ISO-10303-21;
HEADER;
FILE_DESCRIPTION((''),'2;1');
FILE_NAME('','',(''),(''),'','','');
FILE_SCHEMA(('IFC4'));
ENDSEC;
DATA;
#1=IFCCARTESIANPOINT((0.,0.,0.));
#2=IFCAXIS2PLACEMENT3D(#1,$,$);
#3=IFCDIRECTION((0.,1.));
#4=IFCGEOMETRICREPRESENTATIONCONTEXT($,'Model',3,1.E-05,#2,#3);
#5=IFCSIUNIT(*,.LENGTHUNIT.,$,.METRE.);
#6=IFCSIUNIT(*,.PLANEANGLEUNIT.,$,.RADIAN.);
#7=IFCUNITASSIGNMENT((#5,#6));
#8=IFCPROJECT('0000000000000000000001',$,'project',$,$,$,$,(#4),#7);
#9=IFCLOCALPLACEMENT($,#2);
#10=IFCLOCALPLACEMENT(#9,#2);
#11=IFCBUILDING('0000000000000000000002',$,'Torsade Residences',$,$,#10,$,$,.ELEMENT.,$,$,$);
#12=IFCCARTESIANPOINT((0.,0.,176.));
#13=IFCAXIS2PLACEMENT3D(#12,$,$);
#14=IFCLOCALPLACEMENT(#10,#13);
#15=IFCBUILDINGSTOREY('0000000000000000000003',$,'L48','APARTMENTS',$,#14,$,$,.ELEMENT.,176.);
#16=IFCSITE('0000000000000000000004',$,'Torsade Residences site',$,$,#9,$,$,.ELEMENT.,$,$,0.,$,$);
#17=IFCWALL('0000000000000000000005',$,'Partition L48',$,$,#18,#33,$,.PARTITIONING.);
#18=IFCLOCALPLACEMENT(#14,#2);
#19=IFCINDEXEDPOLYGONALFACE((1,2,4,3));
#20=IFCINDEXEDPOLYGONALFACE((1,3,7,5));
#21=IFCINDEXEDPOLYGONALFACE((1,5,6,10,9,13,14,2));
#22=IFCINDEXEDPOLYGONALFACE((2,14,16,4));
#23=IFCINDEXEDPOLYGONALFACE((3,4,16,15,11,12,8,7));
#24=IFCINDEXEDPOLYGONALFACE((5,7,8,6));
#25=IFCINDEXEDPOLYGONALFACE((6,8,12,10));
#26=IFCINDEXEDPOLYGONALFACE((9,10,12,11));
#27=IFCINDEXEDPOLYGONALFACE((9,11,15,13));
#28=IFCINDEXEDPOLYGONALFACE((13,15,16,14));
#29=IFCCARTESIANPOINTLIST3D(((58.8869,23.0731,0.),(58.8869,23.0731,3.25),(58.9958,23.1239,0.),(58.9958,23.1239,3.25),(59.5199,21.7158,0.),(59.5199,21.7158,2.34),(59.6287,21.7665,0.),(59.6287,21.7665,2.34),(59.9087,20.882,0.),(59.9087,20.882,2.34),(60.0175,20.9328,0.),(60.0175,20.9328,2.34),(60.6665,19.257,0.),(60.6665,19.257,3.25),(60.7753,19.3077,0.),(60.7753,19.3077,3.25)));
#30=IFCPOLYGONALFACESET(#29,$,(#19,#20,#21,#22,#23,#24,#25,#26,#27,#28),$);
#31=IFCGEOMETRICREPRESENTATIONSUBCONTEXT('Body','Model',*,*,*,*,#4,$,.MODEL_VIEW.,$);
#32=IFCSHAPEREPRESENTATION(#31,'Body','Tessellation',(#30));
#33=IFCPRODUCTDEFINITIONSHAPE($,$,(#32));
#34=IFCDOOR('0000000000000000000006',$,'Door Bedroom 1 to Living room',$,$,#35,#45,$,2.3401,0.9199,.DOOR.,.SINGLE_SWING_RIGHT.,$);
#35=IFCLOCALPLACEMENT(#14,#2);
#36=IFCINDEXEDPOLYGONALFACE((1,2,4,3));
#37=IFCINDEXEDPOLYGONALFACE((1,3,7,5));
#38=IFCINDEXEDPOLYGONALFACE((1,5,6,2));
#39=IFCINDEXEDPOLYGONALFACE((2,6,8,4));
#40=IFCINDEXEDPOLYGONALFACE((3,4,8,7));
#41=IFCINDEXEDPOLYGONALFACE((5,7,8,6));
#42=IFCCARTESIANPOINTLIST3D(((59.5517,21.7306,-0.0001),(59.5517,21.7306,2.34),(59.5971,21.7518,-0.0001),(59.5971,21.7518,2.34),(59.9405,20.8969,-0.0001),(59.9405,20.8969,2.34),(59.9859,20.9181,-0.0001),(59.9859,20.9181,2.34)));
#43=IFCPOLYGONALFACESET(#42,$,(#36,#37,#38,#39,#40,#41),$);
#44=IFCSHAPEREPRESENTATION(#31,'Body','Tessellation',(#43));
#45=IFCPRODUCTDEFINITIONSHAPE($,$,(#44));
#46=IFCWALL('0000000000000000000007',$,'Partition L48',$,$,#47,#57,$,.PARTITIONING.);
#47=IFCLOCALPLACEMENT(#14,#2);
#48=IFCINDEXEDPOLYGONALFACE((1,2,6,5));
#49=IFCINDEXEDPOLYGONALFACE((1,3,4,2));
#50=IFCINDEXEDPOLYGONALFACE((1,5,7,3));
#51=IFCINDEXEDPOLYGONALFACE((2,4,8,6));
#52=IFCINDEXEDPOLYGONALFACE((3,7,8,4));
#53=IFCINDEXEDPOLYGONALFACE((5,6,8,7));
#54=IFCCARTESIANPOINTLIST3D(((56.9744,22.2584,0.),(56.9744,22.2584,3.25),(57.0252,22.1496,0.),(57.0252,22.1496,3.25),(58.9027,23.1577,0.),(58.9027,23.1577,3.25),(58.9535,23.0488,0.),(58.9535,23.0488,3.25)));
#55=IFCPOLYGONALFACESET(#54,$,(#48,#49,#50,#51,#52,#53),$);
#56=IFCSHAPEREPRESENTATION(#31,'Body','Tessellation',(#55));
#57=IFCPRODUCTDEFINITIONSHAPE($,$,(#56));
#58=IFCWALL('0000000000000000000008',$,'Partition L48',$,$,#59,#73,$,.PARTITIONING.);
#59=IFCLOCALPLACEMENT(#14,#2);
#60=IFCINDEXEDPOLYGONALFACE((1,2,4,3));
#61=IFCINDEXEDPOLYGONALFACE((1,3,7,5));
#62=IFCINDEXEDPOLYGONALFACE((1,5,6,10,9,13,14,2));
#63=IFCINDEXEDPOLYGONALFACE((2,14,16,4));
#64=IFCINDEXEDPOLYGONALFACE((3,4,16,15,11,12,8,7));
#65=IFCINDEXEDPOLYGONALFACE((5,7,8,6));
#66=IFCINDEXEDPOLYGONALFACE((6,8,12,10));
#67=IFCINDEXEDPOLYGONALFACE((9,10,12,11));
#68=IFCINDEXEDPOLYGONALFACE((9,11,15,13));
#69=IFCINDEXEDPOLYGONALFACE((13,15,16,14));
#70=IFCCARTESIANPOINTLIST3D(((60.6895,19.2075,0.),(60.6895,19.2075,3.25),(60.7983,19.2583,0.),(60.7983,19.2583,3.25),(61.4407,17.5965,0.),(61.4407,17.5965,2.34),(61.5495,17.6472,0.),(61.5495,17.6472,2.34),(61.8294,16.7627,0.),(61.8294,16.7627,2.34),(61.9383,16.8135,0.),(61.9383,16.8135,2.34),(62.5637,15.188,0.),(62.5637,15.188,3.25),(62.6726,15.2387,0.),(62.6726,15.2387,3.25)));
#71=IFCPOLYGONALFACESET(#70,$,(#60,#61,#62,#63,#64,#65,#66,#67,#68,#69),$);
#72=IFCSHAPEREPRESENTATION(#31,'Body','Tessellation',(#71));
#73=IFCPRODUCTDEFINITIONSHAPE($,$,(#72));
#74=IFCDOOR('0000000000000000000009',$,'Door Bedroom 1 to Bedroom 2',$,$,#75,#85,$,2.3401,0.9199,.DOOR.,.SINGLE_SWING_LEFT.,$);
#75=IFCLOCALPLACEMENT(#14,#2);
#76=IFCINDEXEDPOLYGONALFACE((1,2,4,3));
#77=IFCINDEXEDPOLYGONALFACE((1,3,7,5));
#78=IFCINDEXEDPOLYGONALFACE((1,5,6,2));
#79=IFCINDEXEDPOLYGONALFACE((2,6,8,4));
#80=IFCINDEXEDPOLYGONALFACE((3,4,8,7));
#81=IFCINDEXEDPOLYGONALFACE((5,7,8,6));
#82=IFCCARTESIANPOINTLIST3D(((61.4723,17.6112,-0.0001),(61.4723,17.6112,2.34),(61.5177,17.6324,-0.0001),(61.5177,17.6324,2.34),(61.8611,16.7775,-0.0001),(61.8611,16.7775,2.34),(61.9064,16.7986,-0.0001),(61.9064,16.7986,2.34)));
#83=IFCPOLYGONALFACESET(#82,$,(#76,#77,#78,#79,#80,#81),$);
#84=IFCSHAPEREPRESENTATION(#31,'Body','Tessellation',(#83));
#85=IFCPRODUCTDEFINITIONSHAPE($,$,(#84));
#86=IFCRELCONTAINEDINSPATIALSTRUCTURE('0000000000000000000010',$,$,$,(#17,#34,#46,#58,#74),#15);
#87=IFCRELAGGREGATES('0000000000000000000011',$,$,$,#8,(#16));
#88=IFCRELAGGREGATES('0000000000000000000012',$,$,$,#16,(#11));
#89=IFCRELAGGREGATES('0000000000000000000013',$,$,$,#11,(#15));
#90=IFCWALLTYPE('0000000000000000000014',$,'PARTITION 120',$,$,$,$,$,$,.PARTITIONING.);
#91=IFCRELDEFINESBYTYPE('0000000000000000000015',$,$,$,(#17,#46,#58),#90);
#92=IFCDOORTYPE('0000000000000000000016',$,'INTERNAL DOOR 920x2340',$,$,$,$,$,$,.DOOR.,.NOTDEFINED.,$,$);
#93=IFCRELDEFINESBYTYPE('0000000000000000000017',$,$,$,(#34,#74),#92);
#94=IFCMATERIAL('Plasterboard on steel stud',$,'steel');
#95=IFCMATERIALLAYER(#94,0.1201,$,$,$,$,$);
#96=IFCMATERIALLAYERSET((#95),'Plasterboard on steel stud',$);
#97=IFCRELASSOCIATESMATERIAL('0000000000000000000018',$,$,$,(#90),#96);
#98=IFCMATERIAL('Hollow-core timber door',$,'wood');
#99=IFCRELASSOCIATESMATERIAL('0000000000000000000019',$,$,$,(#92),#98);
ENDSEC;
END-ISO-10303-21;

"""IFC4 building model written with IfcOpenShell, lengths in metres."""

from ifc_helpers import new_model, si_unit, direction, frame, frame_2d, origin, place, context, subcontext, project, spatial, rectangle, extrude, material, layer, layer_set, type_object, element, fill, save


model = new_model("IFC4")

# Units and contexts
model_context = context("Model", 3, precision=1e-05, world=origin(), true_north=direction((0.0, 1.0)))
body_context = subcontext(model_context, "Body", "Model", "MODEL_VIEW")
ifc_project = project(units=[si_unit("LENGTHUNIT", "METRE"), si_unit("PLANEANGLEUNIT", "RADIAN")], contexts=[model_context])

# Site, building, storey
site_placement = place(None, origin())
site = spatial("IfcSite", under=ifc_project, at=site_placement, Name="Torsade Residences site", CompositionType="ELEMENT", RefElevation=0.0)
building_placement = place(site_placement, origin())
building = spatial("IfcBuilding", under=site, at=building_placement, Name="Torsade Residences", CompositionType="ELEMENT")
storey_placement = place(building_placement, frame((0.0, 0.0, 176.0)))
storey = spatial("IfcBuildingStorey", under=building, at=storey_placement, Name="L48", Description="APARTMENTS", CompositionType="ELEMENT", Elevation=176.0)

# Shared definitions
ifc_material_1 = material(Name="Plasterboard on steel stud", Category="steel")
ifc_layer_1 = layer(ifc_material_1, 0.1201)
ifc_layer_set_1 = layer_set([ifc_layer_1], Name="Plasterboard on steel stud")
wall_type_1 = type_object("IfcWallType", Name="PARTITION 120", PredefinedType="PARTITIONING", material=ifc_layer_set_1)

# Wall, opening, door
wall_1_placement = place(storey_placement, frame((60.7209, 19.2822, 0.0), z_axis=(0.0, 0.0, 1.0), x_axis=(-0.422625, 0.906305, 0.0)))
wall_1 = element("IfcWall", 1, at=wall_1_placement, inside=storey, type_object=wall_type_1, Name="Partition L48", PredefinedType="PARTITIONING", context=body_context, shape_type="SweptSolid", body=[
    extrude(rectangle(XDim=4.2107, YDim=0.1201, at=frame_2d((2.1055, 0.0))), origin(), (0.0, 0.0, 1.0), 3.25),
])
opening_1_placement = place(wall_1_placement, frame((1.7932, 0.0, 0.0)))
opening_1 = element("IfcOpeningElement", 2, at=opening_1_placement, cuts=wall_1, PredefinedType="OPENING", context=body_context, shape_type="SweptSolid", body=[
    extrude(rectangle(XDim=0.9199, YDim=2.3401, at=frame_2d((0.46, 1.1699))), frame((0.0, 0.0701, 0.0), z_axis=(0.0, -1.0, 0.0), x_axis=(1.0, 0.0, 0.0)), (0.0, 0.0, 1.0), 0.1401),
])
ifc_material_2 = material(Name="Hollow-core timber door", Category="wood")
door_type_1 = type_object("IfcDoorType", Name="INTERNAL DOOR 920x2340", OperationType="NOTDEFINED", PredefinedType="DOOR", material=ifc_material_2)
door_1_placement = place(opening_1_placement, origin())
door_1 = element("IfcDoor", 3, at=door_1_placement, inside=storey, type_object=door_type_1, Name="Door Bedroom 1 to Living room", OperationType="SINGLE_SWING_RIGHT", OverallHeight=2.3401, OverallWidth=0.9199, PredefinedType="DOOR", context=body_context, shape_type="SweptSolid", body=[
    extrude(rectangle(XDim=0.9199, YDim=2.3401, at=frame_2d((0.46, 1.1699))), frame((0.0, 0.0249, 0.0), z_axis=(0.0, -1.0, 0.0), x_axis=(1.0, 0.0, 0.0)), (0.0, 0.0, 1.0), 0.05),
])
fill(opening_1, door_1)

# Wall
wall_2_placement = place(storey_placement, frame((58.9282, 23.1033, 0.0), z_axis=(0.0, 0.0, 1.0), x_axis=(-0.906303, -0.422628, 0.0)))
element("IfcWall", 4, at=wall_2_placement, inside=storey, type_object=wall_type_1, Name="Partition L48", PredefinedType="PARTITIONING", context=body_context, shape_type="SweptSolid", body=[
    extrude(rectangle(XDim=2.1277, YDim=0.1201, at=frame_2d((1.064, 0.0))), origin(), (0.0, 0.0, 1.0), 3.25),
])

# Wall, opening, door
wall_3_placement = place(storey_placement, frame((60.7439, 19.2329, 0.0), z_axis=(0.0, 0.0, 1.0), x_axis=(0.422605, -0.906314, 0.0)))
wall_3 = element("IfcWall", 5, at=wall_3_placement, inside=storey, type_object=wall_type_1, Name="Partition L48", PredefinedType="PARTITIONING", context=body_context, shape_type="SweptSolid", body=[
    extrude(rectangle(XDim=4.4351, YDim=0.1201, at=frame_2d((2.2175, 0.0))), origin(), (0.0, 0.0, 1.0), 3.25),
])
opening_2_placement = place(wall_3_placement, frame((1.7776, 0.0, 0.0)))
opening_2 = element("IfcOpeningElement", 6, at=opening_2_placement, cuts=wall_3, PredefinedType="OPENING", context=body_context, shape_type="SweptSolid", body=[
    extrude(rectangle(XDim=0.9199, YDim=2.3401, at=frame_2d((0.46, 1.1699))), frame((0.0, 0.0701, 0.0), z_axis=(0.0, -1.0, 0.0), x_axis=(1.0, 0.0, 0.0)), (0.0, 0.0, 1.0), 0.1401),
])
door_2_placement = place(opening_2_placement, origin())
door_2 = element("IfcDoor", 7, at=door_2_placement, inside=storey, type_object=door_type_1, Name="Door Bedroom 1 to Bedroom 2", OperationType="SINGLE_SWING_LEFT", OverallHeight=2.3401, OverallWidth=0.9199, PredefinedType="DOOR", context=body_context, shape_type="SweptSolid", body=[
    extrude(rectangle(XDim=0.9199, YDim=2.3401, at=frame_2d((0.46, 1.1699))), frame((0.0, 0.0249, 0.0), z_axis=(0.0, -1.0, 0.0), x_axis=(1.0, 0.0, 0.0)), (0.0, 0.0, 1.0), 0.05),
])
fill(opening_2, door_2)

save(model, "model.ifc")
